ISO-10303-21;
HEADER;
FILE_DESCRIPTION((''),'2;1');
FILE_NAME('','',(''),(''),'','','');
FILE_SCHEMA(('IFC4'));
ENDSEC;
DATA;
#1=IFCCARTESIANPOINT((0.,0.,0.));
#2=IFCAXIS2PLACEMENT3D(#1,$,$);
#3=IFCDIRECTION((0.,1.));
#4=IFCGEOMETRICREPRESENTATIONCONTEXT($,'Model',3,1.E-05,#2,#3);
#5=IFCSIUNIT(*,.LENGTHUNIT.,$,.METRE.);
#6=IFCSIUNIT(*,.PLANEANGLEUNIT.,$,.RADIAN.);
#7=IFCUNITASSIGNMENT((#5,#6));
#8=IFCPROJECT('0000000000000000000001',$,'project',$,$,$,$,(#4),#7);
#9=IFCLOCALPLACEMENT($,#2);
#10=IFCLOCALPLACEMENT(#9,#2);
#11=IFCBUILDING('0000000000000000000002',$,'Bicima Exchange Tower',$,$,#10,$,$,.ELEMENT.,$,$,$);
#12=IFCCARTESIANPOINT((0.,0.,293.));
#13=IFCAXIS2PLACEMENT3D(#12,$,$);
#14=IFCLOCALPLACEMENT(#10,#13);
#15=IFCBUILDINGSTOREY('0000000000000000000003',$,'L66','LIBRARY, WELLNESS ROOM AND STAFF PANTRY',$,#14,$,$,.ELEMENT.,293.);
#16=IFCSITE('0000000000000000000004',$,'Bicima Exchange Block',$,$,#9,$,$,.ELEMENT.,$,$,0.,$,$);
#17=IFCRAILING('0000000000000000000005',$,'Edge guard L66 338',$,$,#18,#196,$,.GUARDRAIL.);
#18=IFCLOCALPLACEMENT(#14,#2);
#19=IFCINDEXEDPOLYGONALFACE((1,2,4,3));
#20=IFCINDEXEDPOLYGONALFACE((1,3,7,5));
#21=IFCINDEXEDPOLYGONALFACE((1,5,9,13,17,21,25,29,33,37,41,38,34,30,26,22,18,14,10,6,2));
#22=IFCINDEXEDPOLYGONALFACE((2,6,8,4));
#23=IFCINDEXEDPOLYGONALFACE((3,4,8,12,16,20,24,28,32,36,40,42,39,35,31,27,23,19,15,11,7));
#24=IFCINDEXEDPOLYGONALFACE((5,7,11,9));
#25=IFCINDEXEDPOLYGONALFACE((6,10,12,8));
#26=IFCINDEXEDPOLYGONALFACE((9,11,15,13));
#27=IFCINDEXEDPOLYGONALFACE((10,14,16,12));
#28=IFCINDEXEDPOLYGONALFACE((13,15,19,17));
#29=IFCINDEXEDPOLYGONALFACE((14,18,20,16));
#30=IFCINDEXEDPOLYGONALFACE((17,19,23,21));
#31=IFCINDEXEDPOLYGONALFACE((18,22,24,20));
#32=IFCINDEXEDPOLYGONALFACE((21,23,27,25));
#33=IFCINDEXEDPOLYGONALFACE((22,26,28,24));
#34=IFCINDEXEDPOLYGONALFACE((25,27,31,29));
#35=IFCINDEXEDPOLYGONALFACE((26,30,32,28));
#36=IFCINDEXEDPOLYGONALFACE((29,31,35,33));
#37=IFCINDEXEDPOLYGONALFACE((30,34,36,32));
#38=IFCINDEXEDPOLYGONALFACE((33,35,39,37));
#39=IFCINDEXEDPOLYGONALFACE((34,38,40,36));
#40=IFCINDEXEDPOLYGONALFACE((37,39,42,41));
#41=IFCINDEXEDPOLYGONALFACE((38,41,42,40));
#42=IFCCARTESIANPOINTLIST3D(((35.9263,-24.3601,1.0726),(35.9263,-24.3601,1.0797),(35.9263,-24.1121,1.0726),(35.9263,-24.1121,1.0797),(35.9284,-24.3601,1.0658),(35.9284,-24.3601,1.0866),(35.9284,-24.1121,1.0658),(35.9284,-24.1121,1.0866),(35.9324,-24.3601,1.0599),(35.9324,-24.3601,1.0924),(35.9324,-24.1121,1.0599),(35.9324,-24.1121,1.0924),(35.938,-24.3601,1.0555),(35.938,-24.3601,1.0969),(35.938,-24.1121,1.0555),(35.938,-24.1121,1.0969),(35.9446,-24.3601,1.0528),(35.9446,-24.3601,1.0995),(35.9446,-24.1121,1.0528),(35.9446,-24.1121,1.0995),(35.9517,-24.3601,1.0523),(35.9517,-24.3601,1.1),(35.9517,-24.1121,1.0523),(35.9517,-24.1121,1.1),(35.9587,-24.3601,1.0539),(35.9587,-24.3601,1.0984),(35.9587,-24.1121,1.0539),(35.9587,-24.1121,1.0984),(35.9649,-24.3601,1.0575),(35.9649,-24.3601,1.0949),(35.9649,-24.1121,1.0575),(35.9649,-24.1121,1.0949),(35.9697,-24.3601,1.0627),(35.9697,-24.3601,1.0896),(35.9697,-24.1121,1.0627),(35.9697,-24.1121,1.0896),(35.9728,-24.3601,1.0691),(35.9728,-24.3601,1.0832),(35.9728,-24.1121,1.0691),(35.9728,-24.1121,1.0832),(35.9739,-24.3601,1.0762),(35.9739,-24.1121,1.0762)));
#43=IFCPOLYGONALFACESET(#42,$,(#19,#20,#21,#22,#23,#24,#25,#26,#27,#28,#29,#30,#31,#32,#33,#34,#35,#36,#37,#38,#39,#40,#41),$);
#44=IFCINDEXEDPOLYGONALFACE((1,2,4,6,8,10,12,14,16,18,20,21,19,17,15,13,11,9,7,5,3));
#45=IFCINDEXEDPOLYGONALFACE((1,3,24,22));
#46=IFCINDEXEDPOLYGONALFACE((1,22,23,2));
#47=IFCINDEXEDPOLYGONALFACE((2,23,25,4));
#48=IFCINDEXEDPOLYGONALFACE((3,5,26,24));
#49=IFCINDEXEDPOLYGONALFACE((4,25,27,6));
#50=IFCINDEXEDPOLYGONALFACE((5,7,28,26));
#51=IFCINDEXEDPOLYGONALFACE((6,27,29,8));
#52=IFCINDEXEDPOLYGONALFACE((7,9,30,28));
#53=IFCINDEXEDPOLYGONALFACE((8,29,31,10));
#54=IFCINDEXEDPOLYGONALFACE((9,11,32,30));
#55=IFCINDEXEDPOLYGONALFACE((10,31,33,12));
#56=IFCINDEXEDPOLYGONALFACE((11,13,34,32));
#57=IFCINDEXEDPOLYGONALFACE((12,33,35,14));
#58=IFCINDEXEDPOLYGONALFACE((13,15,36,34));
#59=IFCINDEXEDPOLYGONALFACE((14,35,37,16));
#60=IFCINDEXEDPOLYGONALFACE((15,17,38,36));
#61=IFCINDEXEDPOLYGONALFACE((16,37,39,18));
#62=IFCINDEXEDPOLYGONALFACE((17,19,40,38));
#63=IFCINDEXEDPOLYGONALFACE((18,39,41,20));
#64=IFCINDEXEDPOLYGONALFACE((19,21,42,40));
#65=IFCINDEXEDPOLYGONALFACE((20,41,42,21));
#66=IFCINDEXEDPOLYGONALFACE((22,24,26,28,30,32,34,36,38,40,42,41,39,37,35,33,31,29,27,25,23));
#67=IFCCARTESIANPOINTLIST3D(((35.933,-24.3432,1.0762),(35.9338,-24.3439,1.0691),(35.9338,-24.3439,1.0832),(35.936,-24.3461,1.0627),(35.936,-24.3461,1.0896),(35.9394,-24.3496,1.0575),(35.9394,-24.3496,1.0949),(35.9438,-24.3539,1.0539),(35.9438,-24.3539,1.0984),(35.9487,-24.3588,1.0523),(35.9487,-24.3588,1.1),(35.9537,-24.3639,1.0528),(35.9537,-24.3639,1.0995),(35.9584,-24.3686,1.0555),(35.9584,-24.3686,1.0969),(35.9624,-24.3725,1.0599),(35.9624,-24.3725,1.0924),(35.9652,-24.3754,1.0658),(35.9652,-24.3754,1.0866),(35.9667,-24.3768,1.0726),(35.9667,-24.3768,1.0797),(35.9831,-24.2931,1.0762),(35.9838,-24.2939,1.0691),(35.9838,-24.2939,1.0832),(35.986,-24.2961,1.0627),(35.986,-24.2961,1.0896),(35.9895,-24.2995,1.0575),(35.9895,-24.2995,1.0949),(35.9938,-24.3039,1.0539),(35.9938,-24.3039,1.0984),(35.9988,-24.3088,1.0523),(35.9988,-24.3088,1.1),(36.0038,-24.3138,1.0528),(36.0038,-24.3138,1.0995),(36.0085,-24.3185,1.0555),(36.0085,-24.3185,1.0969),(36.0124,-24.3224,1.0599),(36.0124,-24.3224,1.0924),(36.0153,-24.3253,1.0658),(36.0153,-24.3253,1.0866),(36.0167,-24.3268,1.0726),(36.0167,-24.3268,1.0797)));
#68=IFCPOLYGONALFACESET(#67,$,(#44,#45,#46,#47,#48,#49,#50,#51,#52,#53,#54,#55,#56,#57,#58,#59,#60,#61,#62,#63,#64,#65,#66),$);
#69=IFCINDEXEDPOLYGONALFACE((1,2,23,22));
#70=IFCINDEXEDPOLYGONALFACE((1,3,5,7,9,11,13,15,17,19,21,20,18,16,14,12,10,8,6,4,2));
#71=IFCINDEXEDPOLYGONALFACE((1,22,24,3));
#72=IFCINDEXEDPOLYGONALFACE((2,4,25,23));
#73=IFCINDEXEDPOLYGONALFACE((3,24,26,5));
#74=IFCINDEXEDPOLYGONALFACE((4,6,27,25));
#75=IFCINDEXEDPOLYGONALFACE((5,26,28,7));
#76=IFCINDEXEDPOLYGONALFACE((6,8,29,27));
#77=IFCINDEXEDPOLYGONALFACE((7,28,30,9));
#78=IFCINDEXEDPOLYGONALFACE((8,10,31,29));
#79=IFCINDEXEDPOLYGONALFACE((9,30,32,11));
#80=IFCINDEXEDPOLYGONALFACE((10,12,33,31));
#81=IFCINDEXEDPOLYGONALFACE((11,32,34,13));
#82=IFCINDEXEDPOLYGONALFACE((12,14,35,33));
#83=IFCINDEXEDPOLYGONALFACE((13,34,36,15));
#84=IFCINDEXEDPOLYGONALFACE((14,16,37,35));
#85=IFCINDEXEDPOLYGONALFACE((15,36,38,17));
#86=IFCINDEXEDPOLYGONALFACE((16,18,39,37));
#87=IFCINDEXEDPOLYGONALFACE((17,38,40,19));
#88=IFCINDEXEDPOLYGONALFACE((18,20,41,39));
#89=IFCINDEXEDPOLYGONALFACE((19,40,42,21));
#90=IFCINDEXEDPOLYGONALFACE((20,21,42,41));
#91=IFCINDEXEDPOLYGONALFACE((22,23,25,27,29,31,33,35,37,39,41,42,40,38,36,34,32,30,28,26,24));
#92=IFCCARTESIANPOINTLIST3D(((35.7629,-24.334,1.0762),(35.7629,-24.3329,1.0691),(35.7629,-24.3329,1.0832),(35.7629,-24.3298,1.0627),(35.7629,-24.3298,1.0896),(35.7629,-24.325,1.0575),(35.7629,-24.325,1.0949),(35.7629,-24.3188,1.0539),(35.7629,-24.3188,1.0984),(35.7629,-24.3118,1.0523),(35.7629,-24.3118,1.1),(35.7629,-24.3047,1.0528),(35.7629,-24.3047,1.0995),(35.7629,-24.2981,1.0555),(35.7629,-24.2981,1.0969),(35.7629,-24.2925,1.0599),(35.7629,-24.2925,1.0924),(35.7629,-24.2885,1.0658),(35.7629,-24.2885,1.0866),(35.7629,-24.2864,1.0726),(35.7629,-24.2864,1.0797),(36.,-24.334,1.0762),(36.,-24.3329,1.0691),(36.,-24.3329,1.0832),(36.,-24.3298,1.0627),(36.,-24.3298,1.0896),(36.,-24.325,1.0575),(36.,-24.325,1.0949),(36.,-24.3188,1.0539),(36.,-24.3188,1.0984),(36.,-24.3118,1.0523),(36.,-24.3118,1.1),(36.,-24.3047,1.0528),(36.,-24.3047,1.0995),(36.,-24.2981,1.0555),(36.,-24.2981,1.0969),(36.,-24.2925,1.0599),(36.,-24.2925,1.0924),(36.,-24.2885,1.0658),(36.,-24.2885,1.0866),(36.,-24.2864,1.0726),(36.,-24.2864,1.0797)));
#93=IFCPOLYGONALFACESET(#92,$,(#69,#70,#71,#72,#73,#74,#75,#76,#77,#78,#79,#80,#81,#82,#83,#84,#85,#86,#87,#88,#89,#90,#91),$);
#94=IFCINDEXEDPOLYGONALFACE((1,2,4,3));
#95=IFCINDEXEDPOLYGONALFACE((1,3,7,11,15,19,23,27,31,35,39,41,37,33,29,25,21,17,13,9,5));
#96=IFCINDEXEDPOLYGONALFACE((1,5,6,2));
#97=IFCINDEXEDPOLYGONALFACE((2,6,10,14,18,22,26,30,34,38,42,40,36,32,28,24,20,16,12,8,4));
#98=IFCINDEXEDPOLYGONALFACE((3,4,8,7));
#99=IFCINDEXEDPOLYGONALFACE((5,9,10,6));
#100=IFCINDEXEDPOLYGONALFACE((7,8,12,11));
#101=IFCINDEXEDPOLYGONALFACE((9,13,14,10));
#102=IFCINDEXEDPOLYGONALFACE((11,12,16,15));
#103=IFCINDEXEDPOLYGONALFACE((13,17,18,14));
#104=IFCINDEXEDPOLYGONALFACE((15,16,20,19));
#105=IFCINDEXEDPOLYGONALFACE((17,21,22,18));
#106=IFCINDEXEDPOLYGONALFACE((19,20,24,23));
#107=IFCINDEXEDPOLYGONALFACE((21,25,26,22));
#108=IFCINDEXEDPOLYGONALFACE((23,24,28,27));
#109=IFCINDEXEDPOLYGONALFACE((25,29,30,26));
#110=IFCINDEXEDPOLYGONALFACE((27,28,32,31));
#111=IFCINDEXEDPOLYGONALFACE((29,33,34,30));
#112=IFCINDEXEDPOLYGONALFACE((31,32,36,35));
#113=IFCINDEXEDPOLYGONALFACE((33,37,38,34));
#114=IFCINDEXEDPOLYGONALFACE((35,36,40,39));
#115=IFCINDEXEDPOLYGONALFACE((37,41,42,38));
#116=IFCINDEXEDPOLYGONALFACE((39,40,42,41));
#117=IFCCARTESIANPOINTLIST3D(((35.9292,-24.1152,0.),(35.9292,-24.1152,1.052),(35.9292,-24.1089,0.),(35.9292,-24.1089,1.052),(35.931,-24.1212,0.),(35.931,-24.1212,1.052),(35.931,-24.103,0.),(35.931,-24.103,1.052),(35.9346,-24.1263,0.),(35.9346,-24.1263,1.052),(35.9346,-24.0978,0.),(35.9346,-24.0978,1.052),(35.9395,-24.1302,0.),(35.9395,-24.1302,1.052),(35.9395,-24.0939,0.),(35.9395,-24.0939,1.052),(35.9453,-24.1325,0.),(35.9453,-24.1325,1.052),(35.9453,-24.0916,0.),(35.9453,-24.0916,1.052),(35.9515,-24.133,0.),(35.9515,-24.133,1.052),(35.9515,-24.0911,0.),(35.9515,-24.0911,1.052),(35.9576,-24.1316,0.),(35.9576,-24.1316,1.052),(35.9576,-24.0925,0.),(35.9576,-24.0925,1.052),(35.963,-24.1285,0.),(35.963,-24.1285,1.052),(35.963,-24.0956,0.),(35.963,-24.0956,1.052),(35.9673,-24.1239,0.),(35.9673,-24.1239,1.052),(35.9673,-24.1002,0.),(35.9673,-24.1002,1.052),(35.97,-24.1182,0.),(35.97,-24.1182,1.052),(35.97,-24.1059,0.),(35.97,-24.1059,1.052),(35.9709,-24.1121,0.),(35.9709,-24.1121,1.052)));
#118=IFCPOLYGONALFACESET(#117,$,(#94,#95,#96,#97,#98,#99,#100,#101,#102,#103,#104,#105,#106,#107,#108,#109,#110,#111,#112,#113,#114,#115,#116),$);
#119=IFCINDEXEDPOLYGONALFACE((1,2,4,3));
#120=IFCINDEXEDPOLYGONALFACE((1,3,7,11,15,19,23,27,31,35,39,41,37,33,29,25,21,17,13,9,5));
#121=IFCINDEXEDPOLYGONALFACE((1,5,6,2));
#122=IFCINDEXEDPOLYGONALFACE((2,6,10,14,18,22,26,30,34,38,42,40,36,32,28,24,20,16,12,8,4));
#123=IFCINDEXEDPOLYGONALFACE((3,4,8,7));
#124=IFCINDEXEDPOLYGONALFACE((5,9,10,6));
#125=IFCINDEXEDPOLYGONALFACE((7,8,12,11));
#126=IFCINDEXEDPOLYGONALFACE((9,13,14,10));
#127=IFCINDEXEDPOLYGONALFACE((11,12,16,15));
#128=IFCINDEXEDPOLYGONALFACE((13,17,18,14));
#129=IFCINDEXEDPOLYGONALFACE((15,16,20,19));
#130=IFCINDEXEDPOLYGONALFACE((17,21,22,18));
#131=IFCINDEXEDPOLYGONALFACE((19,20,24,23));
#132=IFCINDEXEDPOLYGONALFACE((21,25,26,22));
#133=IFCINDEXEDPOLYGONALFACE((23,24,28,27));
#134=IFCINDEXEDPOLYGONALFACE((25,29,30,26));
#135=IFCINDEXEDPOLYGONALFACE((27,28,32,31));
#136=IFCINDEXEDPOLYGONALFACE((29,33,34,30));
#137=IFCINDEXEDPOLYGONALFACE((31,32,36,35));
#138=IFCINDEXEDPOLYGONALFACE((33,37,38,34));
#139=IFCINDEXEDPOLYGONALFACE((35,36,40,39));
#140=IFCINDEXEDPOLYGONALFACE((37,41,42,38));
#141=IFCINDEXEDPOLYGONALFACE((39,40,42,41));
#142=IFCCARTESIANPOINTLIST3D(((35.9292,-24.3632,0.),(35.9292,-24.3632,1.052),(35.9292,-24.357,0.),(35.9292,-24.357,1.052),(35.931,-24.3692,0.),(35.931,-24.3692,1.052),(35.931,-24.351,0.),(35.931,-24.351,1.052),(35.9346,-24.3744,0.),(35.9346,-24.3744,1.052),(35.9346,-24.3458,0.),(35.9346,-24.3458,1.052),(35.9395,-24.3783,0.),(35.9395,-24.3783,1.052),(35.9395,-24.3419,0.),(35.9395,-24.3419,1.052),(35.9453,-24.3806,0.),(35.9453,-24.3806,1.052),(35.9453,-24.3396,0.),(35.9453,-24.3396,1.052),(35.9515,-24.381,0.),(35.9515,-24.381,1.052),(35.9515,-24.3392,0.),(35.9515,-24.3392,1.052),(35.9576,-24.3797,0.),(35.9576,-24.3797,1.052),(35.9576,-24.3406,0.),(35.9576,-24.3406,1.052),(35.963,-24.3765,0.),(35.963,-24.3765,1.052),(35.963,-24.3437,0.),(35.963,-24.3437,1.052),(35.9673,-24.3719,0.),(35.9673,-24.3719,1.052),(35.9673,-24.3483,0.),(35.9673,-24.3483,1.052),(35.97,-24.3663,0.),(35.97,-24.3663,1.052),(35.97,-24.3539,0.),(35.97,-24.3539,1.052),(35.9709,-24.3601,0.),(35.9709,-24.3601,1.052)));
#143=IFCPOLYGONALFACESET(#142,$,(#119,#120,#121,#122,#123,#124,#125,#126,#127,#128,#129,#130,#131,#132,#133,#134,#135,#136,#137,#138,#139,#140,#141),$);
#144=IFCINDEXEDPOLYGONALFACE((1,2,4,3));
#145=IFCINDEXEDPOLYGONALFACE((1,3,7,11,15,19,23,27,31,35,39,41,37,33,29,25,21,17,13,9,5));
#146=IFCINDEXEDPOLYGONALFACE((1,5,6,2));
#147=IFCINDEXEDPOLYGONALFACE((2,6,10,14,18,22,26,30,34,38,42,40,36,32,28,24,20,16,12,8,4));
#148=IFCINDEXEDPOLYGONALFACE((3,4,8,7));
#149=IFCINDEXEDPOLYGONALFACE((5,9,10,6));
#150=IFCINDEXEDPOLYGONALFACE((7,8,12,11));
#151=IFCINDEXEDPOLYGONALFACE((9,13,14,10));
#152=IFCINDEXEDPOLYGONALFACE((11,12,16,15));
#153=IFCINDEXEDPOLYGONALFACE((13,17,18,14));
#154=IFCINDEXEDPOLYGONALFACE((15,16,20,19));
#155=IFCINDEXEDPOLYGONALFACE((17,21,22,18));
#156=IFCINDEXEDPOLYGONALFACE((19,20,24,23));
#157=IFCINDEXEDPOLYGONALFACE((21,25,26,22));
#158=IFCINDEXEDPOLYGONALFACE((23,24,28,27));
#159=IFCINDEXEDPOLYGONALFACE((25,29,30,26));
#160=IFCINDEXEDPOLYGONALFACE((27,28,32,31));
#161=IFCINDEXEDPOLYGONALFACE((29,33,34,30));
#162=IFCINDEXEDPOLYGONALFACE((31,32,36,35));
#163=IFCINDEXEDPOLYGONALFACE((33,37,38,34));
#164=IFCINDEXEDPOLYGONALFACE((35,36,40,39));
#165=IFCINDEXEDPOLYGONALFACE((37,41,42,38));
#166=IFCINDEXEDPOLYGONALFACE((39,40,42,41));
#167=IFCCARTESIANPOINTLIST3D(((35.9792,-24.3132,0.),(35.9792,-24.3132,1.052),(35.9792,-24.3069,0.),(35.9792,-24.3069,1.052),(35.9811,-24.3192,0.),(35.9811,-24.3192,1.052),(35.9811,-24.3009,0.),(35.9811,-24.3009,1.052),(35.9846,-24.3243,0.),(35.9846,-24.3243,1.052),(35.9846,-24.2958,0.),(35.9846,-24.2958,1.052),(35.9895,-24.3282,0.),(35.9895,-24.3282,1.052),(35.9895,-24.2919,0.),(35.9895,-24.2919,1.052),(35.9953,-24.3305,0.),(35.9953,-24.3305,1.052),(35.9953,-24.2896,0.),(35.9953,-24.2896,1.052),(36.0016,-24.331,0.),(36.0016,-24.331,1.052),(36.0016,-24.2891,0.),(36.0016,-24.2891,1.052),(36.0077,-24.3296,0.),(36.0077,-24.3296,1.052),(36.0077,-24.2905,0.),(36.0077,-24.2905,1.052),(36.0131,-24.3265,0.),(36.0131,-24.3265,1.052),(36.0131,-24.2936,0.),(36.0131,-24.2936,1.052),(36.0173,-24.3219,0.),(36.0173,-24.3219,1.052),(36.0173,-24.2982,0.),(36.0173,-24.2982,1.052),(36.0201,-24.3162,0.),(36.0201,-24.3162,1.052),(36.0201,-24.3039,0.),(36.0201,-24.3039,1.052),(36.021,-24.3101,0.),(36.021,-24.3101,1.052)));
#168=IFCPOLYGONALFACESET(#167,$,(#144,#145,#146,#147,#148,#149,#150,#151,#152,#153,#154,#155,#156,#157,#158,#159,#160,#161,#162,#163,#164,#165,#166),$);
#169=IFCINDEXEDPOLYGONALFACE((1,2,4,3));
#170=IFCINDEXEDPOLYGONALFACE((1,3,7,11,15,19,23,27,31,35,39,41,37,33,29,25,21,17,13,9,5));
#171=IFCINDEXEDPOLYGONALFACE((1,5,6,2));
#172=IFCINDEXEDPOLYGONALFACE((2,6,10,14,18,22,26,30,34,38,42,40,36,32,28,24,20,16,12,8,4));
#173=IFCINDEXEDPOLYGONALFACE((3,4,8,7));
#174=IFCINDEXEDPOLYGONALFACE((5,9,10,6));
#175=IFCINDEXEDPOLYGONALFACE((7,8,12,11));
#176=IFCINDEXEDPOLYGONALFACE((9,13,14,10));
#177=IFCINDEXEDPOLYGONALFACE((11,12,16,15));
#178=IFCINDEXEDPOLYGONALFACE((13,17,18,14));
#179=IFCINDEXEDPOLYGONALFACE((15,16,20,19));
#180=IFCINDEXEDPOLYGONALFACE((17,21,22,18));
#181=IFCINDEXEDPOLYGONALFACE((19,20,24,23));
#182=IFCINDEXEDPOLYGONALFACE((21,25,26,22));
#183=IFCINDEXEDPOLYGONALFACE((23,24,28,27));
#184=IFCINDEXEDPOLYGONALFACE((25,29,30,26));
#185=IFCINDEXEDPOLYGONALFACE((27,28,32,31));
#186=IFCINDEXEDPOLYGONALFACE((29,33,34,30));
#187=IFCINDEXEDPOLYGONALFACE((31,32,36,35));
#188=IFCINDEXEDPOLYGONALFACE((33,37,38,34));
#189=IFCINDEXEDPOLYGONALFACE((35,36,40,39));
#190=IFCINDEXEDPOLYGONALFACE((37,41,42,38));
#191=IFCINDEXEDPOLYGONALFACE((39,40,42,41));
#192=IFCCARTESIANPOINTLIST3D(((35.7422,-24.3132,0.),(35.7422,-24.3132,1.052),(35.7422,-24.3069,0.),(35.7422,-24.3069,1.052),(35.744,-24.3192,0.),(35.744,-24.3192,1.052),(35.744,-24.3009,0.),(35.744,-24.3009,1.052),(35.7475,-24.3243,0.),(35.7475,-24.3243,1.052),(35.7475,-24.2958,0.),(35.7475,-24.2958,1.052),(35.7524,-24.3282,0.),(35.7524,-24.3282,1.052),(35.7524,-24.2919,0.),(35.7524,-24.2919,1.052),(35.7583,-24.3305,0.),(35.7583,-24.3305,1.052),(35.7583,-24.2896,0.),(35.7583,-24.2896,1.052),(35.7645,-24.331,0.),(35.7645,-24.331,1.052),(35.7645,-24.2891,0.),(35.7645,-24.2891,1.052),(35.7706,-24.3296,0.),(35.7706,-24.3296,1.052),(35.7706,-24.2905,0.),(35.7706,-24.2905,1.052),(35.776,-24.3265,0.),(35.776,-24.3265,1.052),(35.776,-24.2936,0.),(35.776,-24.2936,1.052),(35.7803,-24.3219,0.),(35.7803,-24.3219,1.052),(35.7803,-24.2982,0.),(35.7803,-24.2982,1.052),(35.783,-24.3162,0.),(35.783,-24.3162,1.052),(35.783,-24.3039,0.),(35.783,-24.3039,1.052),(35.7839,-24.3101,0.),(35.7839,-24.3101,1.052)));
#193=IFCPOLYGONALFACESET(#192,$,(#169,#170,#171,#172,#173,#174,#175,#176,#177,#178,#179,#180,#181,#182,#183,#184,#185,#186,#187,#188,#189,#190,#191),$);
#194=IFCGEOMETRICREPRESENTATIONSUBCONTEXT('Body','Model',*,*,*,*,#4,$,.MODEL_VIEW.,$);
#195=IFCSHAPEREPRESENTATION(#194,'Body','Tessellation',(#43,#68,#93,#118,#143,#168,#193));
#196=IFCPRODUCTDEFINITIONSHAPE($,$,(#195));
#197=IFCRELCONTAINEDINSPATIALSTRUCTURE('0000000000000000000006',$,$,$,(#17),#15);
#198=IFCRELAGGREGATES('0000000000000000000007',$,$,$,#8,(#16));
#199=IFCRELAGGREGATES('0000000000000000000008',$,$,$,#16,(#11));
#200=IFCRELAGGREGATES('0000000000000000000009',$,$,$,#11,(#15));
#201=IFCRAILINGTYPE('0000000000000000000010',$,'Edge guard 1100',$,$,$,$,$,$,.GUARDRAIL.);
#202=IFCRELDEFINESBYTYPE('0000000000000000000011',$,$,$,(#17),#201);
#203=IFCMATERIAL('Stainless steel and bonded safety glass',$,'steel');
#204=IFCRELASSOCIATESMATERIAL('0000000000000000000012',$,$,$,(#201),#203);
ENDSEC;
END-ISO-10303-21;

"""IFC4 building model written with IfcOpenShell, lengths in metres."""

from ifc_helpers import new_model, si_unit, direction, frame, origin, origin_2d, place, context, subcontext, project, spatial, circle, extrude, material, type_object, element, save


model = new_model("IFC4")

# Units and contexts
model_context = context("Model", 3, precision=1e-05, world=origin(), true_north=direction((0.0, 1.0)))
body_context = subcontext(model_context, "Body", "Model", "MODEL_VIEW")
ifc_project = project(units=[si_unit("LENGTHUNIT", "METRE"), si_unit("PLANEANGLEUNIT", "RADIAN")], contexts=[model_context])

# Site, building, storey
site_placement = place(None, origin())
site = spatial("IfcSite", under=ifc_project, at=site_placement, Name="Bicima Exchange Block", CompositionType="ELEMENT", RefElevation=0.0)
building_placement = place(site_placement, origin())
building = spatial("IfcBuilding", under=site, at=building_placement, Name="Bicima Exchange Tower", CompositionType="ELEMENT")
storey_placement = place(building_placement, frame((0.0, 0.0, 293.0)))
storey = spatial("IfcBuildingStorey", under=building, at=storey_placement, Name="L66", Description="LIBRARY, WELLNESS ROOM AND STAFF PANTRY", CompositionType="ELEMENT", Elevation=293.0)

# Railing
ifc_material_1 = material(Name="Stainless steel and bonded safety glass", Category="steel")
railing_type = type_object("IfcRailingType", Name="Edge guard 1100", PredefinedType="GUARDRAIL", material=ifc_material_1)
railing_1_placement = place(storey_placement, frame((35.95, -24.1121, 0.0)))
element("IfcRailing", 1, at=railing_1_placement, inside=storey, type_object=railing_type, Name="Edge guard L66 338", PredefinedType="GUARDRAIL", context=body_context, shape_type="SweptSolid", body=[
    extrude(circle(Radius=0.0239, at=origin_2d()), frame((0.0, 0.0, 1.0762), z_axis=(0.0, -1.0, 0.0), x_axis=(1.0, 0.0, 0.0)), (0.0, 0.0, 1.0), 0.248),
    extrude(circle(Radius=0.0239, at=origin_2d()), frame((0.0, -0.248, 1.0762), z_axis=(0.707107, 0.707107, 0.0), x_axis=(-0.707107, 0.707107, 0.0)), (0.0, 0.0, 1.0), 0.0708),
    extrude(circle(Radius=0.0239, at=origin_2d()), frame((0.05, -0.198, 1.0762), z_axis=(-1.0, 0.0, 0.0), x_axis=(0.0, -1.0, 0.0)), (0.0, 0.0, 1.0), 0.2371),
    extrude(circle(Radius=0.021, at=origin_2d()), origin(), (0.0, 0.0, 1.0), 1.052),
    extrude(circle(Radius=0.021, at=origin_2d()), frame((0.0, -0.248, 0.0)), (0.0, 0.0, 1.0), 1.052),
    extrude(circle(Radius=0.021, at=origin_2d()), frame((0.05, -0.198, 0.0)), (0.0, 0.0, 1.0), 1.052),
    extrude(circle(Radius=0.021, at=origin_2d()), frame((-0.187, -0.198, 0.0)), (0.0, 0.0, 1.0), 1.052),
])

save(model, "model.ifc")
